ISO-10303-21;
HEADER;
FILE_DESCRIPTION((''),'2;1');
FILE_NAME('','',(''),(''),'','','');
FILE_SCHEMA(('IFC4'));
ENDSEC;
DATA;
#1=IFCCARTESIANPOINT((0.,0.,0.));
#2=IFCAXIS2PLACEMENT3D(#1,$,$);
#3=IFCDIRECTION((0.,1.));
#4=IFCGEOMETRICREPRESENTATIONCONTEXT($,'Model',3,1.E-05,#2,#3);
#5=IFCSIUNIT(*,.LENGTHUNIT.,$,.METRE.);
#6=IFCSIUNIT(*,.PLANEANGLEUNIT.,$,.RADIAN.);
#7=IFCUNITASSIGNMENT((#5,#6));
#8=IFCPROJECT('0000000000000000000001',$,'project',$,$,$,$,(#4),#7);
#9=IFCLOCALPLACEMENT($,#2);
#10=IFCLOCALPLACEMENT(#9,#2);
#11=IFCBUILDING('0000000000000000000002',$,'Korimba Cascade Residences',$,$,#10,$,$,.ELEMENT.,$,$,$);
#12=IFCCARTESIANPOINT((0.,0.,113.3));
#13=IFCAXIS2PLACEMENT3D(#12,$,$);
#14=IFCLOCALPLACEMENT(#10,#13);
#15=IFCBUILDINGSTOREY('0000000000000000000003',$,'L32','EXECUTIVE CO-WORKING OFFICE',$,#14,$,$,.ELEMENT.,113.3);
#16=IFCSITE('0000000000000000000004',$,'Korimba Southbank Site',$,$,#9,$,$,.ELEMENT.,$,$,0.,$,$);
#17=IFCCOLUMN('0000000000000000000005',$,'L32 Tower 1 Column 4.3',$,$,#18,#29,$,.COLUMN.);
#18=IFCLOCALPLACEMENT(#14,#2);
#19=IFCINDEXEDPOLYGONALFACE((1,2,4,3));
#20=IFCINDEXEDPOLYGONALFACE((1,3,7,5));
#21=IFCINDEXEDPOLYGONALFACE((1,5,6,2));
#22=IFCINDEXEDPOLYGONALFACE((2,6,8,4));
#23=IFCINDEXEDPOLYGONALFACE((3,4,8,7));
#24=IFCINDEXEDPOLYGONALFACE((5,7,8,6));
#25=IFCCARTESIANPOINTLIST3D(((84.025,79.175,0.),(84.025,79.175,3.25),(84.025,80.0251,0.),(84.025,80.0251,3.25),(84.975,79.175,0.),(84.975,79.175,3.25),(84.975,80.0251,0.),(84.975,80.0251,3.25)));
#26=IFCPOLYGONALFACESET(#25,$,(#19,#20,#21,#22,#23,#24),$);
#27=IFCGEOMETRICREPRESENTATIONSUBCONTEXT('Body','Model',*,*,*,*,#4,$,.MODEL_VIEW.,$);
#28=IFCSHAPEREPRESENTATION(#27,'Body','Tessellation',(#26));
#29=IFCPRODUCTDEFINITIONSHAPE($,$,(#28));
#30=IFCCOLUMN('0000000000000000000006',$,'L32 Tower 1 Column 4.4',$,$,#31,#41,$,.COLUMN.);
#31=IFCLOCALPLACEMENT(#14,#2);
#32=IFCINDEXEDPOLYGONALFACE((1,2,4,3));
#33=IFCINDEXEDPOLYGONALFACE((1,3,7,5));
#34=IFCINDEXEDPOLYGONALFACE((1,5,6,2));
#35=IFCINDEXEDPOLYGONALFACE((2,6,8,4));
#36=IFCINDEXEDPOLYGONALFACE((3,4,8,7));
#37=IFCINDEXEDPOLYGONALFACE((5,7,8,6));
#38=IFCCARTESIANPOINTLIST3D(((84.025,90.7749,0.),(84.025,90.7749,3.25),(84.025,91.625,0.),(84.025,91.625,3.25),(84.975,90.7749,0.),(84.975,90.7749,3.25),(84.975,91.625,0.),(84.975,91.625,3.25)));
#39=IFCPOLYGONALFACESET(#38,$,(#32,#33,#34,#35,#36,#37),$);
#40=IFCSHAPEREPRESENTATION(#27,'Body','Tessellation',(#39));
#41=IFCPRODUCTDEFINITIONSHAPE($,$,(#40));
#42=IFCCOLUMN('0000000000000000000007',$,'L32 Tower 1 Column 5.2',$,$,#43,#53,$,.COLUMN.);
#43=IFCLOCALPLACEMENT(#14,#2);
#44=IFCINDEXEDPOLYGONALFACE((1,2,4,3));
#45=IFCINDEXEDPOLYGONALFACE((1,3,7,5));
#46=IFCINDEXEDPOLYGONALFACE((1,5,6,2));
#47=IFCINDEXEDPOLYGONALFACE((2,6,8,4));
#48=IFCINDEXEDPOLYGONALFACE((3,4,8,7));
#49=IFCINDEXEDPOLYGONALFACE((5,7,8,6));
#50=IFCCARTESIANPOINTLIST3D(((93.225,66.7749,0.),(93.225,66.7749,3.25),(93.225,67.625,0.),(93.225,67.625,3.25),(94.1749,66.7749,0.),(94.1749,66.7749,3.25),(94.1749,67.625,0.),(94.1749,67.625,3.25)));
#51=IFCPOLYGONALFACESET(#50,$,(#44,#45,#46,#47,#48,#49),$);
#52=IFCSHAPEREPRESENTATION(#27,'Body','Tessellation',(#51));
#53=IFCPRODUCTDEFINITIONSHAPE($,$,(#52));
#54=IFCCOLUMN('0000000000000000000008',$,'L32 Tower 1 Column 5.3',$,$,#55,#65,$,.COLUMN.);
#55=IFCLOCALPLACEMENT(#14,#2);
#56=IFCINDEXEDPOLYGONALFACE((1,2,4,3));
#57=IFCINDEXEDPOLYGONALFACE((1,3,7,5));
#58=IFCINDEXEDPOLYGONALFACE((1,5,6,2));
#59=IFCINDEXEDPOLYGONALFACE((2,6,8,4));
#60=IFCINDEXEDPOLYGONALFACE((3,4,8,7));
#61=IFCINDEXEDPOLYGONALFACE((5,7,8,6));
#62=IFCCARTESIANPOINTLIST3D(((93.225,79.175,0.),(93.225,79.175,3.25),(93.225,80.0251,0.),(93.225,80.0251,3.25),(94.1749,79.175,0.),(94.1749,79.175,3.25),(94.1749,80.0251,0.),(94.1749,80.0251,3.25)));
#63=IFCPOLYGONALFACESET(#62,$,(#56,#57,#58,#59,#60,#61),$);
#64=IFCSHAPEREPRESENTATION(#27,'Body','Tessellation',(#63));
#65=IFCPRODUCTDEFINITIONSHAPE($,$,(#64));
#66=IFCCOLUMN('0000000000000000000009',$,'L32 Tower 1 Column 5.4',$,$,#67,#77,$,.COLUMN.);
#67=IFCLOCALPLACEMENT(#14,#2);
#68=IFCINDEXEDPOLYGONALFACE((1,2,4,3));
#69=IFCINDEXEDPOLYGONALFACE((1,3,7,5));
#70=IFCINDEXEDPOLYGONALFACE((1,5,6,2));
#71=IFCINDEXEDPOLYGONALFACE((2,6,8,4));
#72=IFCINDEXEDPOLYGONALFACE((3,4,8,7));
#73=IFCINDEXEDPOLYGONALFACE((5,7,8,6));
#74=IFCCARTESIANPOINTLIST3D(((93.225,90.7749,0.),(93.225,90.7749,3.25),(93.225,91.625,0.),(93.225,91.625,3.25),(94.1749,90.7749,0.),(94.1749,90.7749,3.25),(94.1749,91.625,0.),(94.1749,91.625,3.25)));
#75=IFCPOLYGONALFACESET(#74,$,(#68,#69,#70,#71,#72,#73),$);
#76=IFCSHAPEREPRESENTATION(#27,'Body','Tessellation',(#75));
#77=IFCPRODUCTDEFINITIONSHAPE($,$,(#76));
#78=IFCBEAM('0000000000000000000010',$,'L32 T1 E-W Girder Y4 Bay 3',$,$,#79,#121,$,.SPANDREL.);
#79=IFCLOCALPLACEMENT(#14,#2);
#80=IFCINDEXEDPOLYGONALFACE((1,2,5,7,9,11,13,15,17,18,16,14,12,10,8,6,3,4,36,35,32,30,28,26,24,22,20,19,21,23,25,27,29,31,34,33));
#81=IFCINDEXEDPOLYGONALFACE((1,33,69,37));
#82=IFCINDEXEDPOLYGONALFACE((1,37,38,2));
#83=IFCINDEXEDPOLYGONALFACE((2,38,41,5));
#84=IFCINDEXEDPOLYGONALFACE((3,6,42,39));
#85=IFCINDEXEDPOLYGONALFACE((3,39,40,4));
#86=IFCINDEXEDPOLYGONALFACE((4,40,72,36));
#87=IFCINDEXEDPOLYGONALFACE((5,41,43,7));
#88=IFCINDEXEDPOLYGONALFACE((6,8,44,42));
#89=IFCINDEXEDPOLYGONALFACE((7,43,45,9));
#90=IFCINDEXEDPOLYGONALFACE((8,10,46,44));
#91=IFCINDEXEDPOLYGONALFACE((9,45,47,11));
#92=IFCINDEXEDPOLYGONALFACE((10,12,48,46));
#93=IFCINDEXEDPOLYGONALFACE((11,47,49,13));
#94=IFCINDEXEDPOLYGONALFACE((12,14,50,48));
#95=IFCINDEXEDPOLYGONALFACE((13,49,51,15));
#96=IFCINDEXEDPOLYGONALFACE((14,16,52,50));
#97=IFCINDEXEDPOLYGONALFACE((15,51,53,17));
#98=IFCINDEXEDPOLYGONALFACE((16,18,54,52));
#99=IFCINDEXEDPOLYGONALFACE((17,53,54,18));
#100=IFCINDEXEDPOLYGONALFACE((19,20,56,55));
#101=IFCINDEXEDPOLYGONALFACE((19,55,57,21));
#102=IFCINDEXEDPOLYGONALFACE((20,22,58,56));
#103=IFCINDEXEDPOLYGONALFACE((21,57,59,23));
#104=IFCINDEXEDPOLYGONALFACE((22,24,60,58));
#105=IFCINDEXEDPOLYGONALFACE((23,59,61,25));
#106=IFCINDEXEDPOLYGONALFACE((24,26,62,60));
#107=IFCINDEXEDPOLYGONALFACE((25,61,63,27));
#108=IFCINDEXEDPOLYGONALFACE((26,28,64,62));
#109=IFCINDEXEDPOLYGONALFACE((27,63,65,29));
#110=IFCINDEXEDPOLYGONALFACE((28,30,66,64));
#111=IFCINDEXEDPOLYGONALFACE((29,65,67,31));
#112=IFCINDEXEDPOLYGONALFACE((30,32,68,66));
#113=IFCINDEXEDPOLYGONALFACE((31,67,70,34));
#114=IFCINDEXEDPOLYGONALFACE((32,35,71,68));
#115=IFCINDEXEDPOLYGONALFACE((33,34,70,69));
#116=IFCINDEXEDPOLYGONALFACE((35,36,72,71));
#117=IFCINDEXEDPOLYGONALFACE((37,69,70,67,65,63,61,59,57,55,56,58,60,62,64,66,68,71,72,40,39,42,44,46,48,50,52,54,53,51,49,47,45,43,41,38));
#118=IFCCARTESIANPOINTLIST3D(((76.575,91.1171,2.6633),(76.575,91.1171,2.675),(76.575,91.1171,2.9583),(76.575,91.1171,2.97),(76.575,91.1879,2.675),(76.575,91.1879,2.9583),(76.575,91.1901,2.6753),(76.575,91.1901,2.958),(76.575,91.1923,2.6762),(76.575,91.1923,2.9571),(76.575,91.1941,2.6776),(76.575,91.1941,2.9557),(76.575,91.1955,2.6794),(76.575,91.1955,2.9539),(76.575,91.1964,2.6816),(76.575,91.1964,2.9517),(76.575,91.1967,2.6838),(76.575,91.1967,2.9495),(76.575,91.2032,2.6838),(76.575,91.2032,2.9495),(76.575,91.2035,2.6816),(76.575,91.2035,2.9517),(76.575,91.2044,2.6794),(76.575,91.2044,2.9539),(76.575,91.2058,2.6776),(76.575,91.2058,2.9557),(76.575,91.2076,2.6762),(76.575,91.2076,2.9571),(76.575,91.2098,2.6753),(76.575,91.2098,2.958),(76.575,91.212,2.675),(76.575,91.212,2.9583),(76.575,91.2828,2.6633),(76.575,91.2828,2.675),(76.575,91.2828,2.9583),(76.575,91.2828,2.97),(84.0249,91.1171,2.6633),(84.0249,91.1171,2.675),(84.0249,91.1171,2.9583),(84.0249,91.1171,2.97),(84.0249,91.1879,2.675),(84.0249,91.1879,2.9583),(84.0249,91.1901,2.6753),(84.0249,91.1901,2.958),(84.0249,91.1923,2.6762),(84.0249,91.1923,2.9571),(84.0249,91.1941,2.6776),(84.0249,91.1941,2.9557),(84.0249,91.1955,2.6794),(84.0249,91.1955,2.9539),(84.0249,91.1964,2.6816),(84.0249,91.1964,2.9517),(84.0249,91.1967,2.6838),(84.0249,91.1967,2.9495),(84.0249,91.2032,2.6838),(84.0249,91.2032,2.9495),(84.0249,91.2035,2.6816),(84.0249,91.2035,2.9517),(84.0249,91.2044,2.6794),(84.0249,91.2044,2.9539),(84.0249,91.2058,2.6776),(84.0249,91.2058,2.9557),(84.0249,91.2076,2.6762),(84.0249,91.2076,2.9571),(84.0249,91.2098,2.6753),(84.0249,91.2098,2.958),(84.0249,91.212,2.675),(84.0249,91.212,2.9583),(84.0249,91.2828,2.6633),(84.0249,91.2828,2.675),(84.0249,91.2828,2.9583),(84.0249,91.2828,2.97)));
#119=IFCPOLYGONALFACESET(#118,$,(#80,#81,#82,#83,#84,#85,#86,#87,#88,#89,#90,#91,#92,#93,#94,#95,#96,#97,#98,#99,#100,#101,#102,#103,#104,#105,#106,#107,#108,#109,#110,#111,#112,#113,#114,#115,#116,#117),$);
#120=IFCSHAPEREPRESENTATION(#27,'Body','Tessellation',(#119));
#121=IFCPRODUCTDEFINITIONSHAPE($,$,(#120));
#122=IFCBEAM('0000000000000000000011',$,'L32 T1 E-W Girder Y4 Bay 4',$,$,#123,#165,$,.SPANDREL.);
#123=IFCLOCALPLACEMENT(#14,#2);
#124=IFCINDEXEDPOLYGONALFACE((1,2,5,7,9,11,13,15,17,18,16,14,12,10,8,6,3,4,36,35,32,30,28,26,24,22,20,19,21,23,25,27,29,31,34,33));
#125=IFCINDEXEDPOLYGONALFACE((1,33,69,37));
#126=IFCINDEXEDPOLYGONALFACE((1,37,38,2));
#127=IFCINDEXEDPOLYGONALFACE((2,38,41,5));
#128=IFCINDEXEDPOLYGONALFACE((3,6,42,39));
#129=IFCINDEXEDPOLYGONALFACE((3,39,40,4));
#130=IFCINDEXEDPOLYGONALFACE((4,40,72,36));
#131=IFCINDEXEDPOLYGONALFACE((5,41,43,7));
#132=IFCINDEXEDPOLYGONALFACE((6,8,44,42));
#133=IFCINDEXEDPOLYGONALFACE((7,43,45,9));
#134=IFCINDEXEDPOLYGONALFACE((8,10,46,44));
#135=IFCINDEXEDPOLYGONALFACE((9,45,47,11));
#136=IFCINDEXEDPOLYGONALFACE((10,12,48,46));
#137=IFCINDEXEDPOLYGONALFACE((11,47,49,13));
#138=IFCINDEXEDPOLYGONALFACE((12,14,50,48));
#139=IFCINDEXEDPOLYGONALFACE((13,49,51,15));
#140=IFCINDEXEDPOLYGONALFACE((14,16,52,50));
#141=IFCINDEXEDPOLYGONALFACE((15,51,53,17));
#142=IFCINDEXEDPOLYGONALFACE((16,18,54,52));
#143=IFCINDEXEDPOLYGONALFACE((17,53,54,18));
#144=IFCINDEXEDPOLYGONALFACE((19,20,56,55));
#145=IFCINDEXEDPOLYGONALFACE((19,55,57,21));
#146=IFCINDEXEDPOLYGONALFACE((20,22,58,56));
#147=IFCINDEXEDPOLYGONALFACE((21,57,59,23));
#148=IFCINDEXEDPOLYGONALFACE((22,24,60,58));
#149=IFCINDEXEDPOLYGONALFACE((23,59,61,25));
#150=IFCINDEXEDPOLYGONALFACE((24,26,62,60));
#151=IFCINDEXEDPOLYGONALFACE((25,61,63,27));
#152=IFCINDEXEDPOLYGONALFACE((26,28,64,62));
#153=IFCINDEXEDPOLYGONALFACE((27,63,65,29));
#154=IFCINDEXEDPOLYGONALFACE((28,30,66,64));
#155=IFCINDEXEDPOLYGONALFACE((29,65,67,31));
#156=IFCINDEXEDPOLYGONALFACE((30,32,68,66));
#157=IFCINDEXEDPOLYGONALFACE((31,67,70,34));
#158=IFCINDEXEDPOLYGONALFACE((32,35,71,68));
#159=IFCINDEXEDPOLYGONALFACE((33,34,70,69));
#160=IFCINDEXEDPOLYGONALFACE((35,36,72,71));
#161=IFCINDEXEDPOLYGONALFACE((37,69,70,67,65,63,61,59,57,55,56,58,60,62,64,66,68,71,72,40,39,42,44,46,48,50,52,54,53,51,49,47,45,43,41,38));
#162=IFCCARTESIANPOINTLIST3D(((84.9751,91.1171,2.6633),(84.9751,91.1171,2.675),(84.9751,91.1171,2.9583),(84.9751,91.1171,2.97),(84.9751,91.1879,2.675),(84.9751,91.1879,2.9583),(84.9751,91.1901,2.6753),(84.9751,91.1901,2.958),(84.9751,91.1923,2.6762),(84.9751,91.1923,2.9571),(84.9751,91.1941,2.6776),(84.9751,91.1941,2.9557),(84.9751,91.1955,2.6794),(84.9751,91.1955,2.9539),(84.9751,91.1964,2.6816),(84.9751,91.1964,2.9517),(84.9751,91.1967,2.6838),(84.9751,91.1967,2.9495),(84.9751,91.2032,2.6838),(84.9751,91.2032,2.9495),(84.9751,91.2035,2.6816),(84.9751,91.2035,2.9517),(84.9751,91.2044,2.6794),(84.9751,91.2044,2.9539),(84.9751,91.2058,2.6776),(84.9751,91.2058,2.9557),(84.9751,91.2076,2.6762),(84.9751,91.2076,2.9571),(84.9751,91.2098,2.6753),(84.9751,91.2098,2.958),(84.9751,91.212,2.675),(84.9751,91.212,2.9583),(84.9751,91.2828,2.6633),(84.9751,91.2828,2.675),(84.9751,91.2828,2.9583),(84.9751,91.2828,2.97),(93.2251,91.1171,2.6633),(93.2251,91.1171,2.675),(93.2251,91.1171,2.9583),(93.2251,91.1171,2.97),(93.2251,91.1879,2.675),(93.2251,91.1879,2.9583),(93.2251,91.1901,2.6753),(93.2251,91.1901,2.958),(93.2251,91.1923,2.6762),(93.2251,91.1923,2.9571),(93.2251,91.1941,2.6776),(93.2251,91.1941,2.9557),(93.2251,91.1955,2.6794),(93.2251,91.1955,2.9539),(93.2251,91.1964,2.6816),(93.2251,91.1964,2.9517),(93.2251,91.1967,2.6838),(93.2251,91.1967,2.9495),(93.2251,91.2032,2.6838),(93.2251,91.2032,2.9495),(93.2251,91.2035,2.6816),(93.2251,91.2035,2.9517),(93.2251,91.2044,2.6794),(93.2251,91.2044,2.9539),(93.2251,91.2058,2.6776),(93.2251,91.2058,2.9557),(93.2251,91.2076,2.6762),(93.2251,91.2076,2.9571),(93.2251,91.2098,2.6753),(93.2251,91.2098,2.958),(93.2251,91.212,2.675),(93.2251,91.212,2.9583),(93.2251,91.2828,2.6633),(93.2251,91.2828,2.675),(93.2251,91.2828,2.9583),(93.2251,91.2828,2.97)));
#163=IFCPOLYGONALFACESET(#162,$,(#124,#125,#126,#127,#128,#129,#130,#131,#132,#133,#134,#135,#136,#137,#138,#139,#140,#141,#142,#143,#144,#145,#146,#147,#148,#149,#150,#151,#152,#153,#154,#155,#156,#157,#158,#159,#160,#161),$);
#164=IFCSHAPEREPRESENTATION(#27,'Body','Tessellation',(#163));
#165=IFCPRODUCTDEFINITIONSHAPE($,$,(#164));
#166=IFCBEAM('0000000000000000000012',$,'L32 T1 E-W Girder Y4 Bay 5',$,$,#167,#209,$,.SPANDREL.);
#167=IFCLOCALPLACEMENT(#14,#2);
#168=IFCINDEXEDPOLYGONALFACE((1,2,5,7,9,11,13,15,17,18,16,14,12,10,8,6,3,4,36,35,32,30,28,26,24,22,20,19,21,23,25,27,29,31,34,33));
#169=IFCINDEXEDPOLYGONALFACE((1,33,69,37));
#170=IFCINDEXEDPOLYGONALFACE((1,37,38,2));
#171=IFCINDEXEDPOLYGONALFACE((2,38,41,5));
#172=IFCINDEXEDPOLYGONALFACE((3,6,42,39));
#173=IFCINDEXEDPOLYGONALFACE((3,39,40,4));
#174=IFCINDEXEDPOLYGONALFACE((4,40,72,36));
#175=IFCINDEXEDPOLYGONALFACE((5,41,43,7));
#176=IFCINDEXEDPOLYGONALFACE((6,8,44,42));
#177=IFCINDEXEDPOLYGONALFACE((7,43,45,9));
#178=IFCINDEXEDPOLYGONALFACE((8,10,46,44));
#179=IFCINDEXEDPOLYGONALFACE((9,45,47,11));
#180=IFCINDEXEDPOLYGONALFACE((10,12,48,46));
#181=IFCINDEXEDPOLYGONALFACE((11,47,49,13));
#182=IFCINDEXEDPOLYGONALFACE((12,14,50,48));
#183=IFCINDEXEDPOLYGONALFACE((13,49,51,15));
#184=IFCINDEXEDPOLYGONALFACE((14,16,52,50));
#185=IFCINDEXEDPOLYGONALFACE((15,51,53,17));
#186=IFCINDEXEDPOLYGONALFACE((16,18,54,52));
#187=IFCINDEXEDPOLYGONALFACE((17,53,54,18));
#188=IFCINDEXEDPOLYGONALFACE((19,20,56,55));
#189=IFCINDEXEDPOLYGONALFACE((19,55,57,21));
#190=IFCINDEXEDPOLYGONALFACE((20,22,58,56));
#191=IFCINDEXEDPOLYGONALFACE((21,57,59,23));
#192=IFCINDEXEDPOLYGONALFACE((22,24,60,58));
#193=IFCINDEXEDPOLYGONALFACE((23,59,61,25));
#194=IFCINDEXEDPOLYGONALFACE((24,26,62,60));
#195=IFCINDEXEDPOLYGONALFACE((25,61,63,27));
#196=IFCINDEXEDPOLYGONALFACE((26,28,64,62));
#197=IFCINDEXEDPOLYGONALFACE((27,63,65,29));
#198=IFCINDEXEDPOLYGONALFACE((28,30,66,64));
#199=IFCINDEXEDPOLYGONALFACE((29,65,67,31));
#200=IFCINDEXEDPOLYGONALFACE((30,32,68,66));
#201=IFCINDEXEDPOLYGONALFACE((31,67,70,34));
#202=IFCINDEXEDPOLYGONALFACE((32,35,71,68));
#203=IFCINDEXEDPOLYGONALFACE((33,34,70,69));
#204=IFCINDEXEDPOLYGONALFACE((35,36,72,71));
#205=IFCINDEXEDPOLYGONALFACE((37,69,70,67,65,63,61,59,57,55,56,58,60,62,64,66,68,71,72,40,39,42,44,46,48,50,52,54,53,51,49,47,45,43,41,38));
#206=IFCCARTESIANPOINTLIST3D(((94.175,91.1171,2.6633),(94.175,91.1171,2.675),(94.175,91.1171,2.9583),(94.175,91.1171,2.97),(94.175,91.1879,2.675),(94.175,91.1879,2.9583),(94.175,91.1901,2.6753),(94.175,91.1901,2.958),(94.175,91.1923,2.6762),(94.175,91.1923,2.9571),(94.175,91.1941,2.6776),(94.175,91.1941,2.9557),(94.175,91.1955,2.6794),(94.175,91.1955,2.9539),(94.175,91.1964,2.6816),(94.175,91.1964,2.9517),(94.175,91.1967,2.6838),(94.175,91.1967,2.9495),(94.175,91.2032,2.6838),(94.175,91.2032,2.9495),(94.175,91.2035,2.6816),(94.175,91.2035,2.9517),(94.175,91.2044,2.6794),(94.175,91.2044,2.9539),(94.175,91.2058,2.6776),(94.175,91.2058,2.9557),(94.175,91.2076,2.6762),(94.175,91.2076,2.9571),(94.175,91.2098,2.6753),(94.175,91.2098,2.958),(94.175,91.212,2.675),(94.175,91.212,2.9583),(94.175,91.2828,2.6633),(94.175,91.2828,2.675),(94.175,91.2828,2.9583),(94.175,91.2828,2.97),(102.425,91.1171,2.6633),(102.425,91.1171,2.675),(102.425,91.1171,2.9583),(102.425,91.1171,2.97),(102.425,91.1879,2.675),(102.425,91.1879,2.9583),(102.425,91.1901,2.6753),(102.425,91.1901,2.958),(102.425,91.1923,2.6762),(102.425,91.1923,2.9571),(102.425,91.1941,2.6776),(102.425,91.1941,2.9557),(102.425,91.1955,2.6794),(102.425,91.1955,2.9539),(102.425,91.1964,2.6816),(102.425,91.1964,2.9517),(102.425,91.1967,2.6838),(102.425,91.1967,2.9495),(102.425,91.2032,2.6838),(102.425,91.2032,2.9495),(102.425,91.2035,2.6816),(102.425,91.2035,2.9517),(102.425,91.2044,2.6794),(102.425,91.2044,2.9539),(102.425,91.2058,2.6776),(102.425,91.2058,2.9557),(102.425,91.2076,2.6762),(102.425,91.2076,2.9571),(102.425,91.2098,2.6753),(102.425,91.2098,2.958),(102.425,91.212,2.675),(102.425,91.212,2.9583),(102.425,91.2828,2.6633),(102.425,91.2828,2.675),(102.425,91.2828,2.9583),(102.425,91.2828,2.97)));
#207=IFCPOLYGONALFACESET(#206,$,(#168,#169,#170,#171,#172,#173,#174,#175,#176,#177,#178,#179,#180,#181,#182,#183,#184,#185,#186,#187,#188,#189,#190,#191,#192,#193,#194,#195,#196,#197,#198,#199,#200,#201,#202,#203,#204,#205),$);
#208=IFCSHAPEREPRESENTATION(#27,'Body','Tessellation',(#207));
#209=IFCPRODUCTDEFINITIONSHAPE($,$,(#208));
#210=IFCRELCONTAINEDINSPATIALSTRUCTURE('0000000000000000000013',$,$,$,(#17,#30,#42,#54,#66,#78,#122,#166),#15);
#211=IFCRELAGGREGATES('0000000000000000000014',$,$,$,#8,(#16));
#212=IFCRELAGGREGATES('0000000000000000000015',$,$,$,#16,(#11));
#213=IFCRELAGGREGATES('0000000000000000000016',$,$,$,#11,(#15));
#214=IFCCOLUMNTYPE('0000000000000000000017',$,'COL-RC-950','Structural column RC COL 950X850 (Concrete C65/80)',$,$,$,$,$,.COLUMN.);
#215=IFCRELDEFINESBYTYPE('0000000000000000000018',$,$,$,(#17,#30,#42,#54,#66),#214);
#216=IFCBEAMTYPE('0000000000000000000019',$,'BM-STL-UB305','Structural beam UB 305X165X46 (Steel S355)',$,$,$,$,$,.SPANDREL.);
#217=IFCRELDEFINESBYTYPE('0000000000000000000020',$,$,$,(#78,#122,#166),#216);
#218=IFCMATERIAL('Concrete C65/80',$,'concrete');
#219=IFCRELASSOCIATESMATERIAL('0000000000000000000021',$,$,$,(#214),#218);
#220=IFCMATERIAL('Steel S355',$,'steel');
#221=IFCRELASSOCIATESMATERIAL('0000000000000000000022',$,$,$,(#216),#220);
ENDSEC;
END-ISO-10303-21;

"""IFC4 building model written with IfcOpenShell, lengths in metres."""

from ifc_helpers import new_model, si_unit, direction, frame, origin, origin_2d, place, context, subcontext, project, spatial, rectangle, i_section, extrude, material, material_profile, profile_set, type_object, element, save


model = new_model("IFC4")

# Units and contexts
model_context = context("Model", 3, precision=1e-05, world=origin(), true_north=direction((0.0, 1.0)))
body_context = subcontext(model_context, "Body", "Model", "MODEL_VIEW")
ifc_project = project(units=[si_unit("LENGTHUNIT", "METRE"), si_unit("PLANEANGLEUNIT", "RADIAN")], contexts=[model_context])

# Site, building, storey
site_placement = place(None, origin())
site = spatial("IfcSite", under=ifc_project, at=site_placement, Name="Korimba Southbank Site", CompositionType="ELEMENT", RefElevation=0.0)
building_placement = place(site_placement, origin())
building = spatial("IfcBuilding", under=site, at=building_placement, Name="Korimba Cascade Residences", CompositionType="ELEMENT")
storey_placement = place(building_placement, frame((0.0, 0.0, 113.3)))
storey = spatial("IfcBuildingStorey", under=building, at=storey_placement, Name="L32", Description="EXECUTIVE CO-WORKING OFFICE", CompositionType="ELEMENT", Elevation=113.3)

# Columns
ifc_material_1 = material(Name="Concrete C65/80", Category="concrete")
ifc_material_profile_1 = material_profile(ifc_material_1, rectangle(XDim=0.95, YDim=0.8501, at=origin_2d()), Name="Concrete C65/80")
ifc_profile_set_1 = profile_set([ifc_material_profile_1], Name="Concrete C65/80")
column_type = type_object("IfcColumnType", Name="COL-RC-950", Description="Structural column RC COL 950X850 (Concrete C65/80)", PredefinedType="COLUMN", material=ifc_profile_set_1)
for number, where, z_axis, x_axis, name in (
    (1, (84.5, 79.6001, 0.0), (0.0, 0.0, 1.0), (1.0, 0.0, 0.0), "L32 Tower 1 Column 4.3"),
    (2, (84.5, 91.2, 0.0), (0.0, 0.0, 1.0), (1.0, 0.0, 0.0), "L32 Tower 1 Column 4.4"),
    (3, (93.7, 67.2, 0.0), (0.0, 0.0, 1.0), (1.0, 0.0, 0.0), "L32 Tower 1 Column 5.2"),
    (4, (93.7, 79.6001, 0.0), (0.0, 0.0, 1.0), (1.0, 0.0, 0.0), "L32 Tower 1 Column 5.3"),
    (5, (93.7, 91.2, 0.0), (0.0, 0.0, 1.0), (1.0, 0.0, 0.0), "L32 Tower 1 Column 5.4"),
):
    element("IfcColumn", number, at=place(storey_placement, frame(where, z_axis=z_axis, x_axis=x_axis)), inside=storey, type_object=column_type, Name=name, PredefinedType="COLUMN", context=body_context, shape_type="SweptSolid", body=[
        extrude(rectangle(XDim=0.95, YDim=0.8501, at=origin_2d()), origin(), (0.0, 0.0, 1.0), 3.25),
    ])

# Beams
ifc_material_2 = material(Name="Steel S355", Category="steel")
ifc_material_profile_2 = material_profile(ifc_material_2, i_section(OverallWidth=0.1658, OverallDepth=0.3066, WebThickness=0.0066, FlangeThickness=0.0117, FilletRadius=0.0088, at=origin_2d()), Name="Steel S355")
ifc_profile_set_2 = profile_set([ifc_material_profile_2], Name="Steel S355")
beam_type_1 = type_object("IfcBeamType", Name="BM-STL-UB305", Description="Structural beam UB 305X165X46 (Steel S355)", PredefinedType="SPANDREL", material=ifc_profile_set_2)
beam_1_placement = place(storey_placement, frame((76.575, 91.2, 2.8167), z_axis=(1.0, 0.0, 0.0), x_axis=(0.0, 1.0, 0.0)))
element("IfcBeam", 6, at=beam_1_placement, inside=storey, type_object=beam_type_1, Name="L32 T1 E-W Girder Y4 Bay 3", PredefinedType="SPANDREL", context=body_context, shape_type="SweptSolid", body=[
    extrude(i_section(OverallWidth=0.1658, OverallDepth=0.3066, WebThickness=0.0066, FlangeThickness=0.0117, FilletRadius=0.0088, at=origin_2d()), origin(), (0.0, 0.0, 1.0), 7.45),
])
for number, where, z_axis, x_axis, name in (
    (7, (84.9751, 91.2, 2.8167), (1.0, 0.0, 0.0), (0.0, 1.0, 0.0), "L32 T1 E-W Girder Y4 Bay 4"),
    (8, (94.175, 91.2, 2.8167), (1.0, 0.0, 0.0), (0.0, 1.0, 0.0), "L32 T1 E-W Girder Y4 Bay 5"),
):
    element("IfcBeam", number, at=place(storey_placement, frame(where, z_axis=z_axis, x_axis=x_axis)), inside=storey, type_object=beam_type_1, Name=name, PredefinedType="SPANDREL", context=body_context, shape_type="SweptSolid", body=[
        extrude(i_section(OverallWidth=0.1658, OverallDepth=0.3066, WebThickness=0.0066, FlangeThickness=0.0117, FilletRadius=0.0088, at=origin_2d()), origin(), (0.0, 0.0, 1.0), 8.25),
    ])

save(model, "model.ifc")
